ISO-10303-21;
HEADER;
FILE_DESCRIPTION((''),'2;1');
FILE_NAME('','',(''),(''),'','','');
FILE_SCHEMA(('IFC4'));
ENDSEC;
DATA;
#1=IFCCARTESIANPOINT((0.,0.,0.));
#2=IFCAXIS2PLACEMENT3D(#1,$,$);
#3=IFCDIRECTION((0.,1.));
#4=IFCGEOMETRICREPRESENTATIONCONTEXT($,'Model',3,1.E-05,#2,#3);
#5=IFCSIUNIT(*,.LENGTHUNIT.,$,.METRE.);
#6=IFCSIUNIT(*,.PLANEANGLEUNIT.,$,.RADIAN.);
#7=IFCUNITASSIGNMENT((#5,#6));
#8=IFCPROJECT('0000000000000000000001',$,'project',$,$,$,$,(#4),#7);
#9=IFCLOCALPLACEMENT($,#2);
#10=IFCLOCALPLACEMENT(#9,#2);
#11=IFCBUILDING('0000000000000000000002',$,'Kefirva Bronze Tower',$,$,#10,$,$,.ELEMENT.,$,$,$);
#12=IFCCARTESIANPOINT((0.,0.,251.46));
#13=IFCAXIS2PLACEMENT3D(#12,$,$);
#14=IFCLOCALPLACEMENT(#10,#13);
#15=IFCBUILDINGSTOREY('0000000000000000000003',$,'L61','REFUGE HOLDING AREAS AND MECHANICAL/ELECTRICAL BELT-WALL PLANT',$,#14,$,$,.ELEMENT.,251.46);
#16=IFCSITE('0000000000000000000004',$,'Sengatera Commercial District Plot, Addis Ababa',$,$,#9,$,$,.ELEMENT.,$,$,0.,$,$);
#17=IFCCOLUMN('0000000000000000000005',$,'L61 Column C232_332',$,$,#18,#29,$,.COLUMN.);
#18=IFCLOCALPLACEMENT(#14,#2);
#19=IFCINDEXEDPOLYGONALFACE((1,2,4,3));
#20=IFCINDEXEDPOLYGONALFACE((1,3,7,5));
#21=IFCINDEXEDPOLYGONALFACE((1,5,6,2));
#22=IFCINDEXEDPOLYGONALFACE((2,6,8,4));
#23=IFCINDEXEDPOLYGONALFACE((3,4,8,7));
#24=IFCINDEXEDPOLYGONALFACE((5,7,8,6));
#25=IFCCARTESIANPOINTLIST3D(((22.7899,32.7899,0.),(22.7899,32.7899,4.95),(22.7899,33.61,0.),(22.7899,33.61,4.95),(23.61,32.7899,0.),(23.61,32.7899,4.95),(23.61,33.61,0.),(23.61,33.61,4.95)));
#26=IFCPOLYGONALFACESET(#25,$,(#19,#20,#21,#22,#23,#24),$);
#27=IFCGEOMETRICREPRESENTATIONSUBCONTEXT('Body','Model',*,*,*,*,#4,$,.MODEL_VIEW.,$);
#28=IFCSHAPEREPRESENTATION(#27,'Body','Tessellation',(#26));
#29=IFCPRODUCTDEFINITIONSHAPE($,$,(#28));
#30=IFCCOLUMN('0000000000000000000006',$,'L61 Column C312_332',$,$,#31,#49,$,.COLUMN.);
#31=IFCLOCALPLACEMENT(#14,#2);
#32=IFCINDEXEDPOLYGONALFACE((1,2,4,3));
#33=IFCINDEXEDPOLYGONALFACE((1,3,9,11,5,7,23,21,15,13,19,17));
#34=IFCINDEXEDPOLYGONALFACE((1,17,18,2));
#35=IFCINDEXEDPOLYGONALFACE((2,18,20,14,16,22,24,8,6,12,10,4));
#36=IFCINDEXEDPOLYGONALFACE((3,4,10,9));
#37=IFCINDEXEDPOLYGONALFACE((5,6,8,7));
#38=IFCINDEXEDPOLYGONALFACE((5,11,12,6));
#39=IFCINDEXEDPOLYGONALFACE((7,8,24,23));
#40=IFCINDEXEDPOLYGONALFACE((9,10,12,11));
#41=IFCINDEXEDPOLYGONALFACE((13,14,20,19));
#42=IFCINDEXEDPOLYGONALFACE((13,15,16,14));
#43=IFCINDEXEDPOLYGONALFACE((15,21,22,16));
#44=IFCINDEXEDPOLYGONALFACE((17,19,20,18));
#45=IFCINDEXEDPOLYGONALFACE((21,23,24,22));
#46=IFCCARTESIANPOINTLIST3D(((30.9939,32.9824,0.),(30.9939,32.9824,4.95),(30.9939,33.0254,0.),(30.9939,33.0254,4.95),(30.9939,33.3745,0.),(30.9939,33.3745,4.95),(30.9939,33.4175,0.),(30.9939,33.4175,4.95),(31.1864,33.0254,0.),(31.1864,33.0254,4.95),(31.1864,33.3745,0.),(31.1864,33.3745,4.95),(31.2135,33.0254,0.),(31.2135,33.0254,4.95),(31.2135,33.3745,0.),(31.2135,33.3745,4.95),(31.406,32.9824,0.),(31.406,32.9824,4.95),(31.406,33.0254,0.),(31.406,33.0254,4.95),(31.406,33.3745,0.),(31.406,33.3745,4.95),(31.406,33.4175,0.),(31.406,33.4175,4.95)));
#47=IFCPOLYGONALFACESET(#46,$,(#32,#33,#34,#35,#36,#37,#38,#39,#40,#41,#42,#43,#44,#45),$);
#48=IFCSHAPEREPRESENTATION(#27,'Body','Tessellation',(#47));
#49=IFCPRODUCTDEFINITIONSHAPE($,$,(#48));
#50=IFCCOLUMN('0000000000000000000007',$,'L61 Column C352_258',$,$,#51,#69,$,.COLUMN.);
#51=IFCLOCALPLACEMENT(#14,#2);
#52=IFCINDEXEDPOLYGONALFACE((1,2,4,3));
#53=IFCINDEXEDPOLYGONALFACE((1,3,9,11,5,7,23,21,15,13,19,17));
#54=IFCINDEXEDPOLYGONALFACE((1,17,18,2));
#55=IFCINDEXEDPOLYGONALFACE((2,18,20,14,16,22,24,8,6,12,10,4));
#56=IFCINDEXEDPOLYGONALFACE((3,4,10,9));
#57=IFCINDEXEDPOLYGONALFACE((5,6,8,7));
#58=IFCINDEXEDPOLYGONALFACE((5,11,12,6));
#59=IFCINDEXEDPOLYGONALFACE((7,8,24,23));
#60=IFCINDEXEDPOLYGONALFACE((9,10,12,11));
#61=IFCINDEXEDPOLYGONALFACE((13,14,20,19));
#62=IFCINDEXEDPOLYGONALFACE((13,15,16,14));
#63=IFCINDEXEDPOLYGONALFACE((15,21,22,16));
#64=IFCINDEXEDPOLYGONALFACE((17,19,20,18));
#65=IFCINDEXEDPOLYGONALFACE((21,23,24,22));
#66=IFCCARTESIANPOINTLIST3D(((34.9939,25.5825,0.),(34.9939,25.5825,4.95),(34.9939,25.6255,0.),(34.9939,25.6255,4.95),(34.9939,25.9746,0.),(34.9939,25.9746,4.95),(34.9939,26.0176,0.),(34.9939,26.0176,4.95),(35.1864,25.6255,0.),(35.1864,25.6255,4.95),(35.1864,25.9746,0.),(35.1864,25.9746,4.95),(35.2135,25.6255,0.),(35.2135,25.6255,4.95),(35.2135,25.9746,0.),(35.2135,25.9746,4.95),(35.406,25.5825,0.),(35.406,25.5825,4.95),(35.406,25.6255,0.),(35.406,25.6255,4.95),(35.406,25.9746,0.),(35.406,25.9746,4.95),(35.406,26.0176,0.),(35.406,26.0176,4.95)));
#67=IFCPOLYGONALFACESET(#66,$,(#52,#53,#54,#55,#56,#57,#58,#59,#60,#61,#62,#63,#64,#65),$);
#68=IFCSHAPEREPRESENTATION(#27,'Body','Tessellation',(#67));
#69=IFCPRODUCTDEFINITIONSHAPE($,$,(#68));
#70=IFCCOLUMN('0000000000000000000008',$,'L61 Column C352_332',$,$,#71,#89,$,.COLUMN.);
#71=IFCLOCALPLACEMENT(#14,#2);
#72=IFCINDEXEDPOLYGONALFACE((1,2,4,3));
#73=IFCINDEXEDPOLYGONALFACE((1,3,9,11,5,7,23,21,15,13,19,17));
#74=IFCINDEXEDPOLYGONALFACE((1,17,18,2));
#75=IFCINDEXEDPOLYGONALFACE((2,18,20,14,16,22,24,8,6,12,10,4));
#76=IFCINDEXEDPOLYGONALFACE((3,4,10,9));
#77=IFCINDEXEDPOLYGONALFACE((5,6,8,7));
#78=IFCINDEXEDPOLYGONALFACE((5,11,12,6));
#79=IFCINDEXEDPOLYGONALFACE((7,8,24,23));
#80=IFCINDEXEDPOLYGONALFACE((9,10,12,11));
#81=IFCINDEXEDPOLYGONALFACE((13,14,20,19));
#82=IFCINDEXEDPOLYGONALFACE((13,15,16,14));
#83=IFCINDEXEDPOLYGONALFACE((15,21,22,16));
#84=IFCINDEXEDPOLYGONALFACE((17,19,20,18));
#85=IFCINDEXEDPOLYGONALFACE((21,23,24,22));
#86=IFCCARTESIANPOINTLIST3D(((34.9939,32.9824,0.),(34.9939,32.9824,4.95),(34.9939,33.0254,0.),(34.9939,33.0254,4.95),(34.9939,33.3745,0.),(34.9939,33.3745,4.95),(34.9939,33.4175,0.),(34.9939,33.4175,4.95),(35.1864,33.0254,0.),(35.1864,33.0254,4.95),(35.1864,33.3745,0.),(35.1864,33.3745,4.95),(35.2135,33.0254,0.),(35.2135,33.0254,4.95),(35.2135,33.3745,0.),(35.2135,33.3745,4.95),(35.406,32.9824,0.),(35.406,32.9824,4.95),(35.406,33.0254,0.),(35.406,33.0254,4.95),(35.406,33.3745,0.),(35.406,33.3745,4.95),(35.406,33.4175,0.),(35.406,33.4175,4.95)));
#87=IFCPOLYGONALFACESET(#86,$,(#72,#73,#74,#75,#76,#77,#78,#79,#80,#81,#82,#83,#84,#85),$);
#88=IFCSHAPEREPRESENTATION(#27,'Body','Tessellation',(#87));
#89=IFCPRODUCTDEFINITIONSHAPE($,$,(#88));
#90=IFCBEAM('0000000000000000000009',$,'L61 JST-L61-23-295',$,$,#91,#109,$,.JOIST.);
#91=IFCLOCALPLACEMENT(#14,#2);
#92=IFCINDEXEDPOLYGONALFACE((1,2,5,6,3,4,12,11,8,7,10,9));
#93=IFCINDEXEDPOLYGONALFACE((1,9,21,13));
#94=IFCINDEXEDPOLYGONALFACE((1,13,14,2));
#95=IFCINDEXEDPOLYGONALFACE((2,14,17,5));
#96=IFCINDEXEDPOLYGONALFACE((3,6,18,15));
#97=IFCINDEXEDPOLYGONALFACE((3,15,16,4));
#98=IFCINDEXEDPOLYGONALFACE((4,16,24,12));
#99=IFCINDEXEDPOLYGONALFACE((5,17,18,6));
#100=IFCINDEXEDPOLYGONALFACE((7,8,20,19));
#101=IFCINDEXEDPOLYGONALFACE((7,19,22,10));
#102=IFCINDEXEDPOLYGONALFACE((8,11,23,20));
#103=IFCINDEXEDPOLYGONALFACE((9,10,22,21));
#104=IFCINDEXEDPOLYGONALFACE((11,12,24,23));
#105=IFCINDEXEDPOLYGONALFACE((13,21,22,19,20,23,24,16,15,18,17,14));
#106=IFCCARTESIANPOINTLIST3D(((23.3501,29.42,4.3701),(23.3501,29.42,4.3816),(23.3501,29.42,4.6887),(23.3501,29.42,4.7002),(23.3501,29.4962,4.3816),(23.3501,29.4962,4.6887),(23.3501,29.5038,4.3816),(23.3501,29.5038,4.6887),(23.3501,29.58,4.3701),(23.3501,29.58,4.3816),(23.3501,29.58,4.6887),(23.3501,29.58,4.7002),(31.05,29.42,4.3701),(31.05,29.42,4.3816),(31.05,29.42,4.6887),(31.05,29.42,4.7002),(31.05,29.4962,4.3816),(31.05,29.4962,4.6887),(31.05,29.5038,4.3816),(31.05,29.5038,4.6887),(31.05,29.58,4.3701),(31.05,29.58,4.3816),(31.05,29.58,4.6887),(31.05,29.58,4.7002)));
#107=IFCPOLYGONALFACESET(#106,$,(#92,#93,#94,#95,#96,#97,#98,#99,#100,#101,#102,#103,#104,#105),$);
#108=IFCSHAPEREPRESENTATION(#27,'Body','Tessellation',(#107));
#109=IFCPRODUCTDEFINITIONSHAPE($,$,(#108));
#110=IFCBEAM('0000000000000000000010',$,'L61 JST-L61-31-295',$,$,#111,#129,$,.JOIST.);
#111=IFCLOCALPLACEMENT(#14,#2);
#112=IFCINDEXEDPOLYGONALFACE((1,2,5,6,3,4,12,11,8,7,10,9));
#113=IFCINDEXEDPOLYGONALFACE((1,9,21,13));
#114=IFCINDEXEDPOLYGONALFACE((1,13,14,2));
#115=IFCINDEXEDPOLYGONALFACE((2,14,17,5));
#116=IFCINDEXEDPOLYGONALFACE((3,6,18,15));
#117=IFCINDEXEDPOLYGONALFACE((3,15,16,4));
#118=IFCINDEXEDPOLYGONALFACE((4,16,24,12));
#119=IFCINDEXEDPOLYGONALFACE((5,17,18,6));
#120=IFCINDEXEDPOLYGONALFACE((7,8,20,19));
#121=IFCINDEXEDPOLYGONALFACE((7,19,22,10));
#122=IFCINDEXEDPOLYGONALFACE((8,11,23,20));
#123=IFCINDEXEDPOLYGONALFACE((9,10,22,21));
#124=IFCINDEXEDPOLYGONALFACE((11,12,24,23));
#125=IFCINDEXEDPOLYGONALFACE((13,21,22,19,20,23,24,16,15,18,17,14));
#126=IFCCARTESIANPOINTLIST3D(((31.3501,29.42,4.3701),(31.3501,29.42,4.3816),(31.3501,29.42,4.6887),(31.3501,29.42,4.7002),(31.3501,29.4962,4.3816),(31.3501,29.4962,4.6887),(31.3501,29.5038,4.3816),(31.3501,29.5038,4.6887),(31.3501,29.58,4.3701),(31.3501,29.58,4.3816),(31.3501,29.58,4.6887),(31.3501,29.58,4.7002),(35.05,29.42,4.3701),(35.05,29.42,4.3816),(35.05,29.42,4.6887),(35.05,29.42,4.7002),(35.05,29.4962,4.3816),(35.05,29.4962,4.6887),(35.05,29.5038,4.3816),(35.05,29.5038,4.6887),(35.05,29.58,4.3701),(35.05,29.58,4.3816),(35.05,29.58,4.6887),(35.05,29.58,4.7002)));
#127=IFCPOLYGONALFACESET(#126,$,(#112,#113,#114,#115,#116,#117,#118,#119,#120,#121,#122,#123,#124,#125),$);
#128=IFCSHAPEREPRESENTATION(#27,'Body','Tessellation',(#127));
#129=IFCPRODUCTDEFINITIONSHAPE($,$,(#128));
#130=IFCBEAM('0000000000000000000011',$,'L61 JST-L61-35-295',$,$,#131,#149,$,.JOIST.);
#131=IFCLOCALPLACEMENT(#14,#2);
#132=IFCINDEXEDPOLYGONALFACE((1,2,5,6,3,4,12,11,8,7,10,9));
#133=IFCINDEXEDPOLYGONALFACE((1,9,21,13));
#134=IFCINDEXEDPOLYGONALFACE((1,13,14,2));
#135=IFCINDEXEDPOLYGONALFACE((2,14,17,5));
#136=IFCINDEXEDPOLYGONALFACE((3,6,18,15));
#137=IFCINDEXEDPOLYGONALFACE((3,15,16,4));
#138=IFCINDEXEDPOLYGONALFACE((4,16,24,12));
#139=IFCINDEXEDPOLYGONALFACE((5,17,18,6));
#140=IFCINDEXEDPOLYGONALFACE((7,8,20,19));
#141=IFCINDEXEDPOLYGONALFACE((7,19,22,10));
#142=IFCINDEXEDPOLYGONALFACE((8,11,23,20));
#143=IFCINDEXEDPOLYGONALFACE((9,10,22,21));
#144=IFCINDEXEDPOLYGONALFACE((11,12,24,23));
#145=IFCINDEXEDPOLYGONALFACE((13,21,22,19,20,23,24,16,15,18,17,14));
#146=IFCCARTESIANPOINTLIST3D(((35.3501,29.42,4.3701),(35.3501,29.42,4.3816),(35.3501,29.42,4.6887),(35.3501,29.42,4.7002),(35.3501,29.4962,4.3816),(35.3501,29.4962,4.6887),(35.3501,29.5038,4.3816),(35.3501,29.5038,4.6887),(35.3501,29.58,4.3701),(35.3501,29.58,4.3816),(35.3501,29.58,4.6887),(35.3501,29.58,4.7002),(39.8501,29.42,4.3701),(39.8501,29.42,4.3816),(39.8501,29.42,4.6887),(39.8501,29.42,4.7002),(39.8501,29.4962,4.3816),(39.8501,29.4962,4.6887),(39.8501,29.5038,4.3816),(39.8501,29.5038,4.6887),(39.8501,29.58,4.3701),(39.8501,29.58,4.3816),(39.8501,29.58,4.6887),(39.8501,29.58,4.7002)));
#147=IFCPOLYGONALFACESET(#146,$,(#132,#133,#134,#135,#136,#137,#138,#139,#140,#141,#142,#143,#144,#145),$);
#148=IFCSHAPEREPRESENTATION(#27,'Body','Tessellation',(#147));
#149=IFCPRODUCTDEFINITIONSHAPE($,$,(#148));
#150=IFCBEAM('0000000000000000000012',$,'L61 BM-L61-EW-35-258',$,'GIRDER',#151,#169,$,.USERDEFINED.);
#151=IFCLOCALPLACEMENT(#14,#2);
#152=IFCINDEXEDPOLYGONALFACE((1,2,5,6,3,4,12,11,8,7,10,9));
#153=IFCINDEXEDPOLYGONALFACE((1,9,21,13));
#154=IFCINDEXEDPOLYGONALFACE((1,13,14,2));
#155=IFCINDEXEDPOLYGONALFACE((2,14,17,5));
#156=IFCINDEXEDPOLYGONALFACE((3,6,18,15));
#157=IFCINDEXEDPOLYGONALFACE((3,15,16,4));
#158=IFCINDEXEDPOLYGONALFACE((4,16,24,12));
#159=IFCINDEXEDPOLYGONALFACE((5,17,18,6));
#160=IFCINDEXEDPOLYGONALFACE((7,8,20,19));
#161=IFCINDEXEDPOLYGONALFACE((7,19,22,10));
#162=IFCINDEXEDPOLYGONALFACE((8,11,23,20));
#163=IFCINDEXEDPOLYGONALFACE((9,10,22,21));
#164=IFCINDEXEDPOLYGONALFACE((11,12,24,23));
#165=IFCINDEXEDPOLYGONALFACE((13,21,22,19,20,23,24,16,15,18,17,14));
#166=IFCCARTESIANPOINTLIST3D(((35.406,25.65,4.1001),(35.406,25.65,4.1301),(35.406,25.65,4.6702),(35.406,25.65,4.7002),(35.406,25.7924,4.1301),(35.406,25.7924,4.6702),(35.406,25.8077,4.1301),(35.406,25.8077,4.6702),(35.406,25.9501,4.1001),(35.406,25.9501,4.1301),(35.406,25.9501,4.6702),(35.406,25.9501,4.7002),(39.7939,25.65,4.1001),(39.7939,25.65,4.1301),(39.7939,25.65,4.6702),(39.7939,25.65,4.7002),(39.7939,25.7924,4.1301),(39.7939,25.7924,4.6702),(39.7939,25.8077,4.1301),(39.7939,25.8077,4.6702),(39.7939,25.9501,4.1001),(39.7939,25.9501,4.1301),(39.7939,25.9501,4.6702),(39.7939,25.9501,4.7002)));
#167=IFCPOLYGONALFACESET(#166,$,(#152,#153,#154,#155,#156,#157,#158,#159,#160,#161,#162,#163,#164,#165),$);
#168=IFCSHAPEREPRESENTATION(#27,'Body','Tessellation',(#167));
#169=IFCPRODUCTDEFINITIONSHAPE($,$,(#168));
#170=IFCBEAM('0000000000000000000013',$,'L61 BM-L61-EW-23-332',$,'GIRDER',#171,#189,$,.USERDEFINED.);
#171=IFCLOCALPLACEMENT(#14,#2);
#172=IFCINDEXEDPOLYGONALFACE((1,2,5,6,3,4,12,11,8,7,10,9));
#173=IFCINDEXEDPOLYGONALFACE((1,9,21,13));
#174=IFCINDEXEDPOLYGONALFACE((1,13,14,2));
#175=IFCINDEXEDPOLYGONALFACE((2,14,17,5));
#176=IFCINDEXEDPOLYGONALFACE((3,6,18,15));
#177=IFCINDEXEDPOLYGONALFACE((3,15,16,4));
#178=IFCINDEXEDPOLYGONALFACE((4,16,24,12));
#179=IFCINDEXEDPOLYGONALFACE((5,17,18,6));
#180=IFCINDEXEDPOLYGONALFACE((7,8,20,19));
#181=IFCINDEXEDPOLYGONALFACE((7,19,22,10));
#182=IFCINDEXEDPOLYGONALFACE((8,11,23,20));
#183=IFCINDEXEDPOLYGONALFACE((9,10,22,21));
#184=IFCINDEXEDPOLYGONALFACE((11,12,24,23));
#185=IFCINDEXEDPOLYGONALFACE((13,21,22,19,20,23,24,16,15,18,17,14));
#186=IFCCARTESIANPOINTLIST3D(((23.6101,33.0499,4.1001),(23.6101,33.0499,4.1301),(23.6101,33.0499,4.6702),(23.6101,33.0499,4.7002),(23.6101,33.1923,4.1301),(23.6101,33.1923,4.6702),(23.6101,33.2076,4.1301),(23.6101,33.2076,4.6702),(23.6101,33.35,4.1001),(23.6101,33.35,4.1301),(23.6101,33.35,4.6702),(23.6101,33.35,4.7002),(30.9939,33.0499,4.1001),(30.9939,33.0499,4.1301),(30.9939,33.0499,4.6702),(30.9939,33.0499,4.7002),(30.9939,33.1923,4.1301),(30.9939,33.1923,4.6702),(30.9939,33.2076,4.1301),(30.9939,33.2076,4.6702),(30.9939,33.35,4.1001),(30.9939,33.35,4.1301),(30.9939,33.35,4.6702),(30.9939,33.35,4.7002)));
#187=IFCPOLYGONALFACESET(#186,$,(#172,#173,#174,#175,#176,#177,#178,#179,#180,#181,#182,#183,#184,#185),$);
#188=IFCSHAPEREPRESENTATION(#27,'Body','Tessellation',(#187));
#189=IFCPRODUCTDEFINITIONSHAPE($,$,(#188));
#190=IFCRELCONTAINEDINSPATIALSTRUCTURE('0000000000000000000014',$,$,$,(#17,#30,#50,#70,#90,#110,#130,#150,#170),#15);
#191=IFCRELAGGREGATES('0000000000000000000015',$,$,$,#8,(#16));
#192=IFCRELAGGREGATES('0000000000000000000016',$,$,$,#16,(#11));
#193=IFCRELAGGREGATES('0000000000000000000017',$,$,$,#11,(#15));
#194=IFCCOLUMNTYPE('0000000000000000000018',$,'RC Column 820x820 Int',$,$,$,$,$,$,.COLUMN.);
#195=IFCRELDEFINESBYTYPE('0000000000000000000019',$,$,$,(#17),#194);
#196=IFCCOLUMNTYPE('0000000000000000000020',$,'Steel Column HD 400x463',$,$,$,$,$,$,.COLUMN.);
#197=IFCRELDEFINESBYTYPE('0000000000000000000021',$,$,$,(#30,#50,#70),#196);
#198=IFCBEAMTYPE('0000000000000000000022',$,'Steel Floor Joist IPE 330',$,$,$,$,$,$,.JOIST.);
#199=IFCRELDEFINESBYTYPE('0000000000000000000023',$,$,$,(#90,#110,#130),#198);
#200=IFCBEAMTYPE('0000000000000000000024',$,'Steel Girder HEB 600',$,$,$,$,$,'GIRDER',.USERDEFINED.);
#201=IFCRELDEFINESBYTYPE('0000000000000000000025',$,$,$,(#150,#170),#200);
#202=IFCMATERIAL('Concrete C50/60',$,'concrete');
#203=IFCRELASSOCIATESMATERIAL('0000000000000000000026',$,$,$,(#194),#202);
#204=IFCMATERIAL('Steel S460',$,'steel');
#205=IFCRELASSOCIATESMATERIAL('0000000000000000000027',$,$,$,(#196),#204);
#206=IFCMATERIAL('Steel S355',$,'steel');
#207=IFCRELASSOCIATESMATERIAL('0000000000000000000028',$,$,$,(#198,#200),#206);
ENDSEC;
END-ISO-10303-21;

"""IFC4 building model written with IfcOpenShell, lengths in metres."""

from ifc_helpers import new_model, si_unit, direction, frame, origin, origin_2d, place, context, subcontext, project, spatial, rectangle, i_section, extrude, material, material_profile, profile_set, type_object, element, save


model = new_model("IFC4")

# Units and contexts
model_context = context("Model", 3, precision=1e-05, world=origin(), true_north=direction((0.0, 1.0)))
body_context = subcontext(model_context, "Body", "Model", "MODEL_VIEW")
ifc_project = project(units=[si_unit("LENGTHUNIT", "METRE"), si_unit("PLANEANGLEUNIT", "RADIAN")], contexts=[model_context])

# Site, building, storey
site_placement = place(None, origin())
site = spatial("IfcSite", under=ifc_project, at=site_placement, Name="Sengatera Commercial District Plot, Addis Ababa", CompositionType="ELEMENT", RefElevation=0.0)
building_placement = place(site_placement, origin())
building = spatial("IfcBuilding", under=site, at=building_placement, Name="Kefirva Bronze Tower", CompositionType="ELEMENT")
storey_placement = place(building_placement, frame((0.0, 0.0, 251.46)))
storey = spatial("IfcBuildingStorey", under=building, at=storey_placement, Name="L61", Description="REFUGE HOLDING AREAS AND MECHANICAL/ELECTRICAL BELT-WALL PLANT", CompositionType="ELEMENT", Elevation=251.46)

# Columns
ifc_material_1 = material(Name="Concrete C50/60", Category="concrete")
ifc_material_profile_1 = material_profile(ifc_material_1, rectangle(XDim=0.8201, YDim=0.8201, at=origin_2d()), Name="RC 820x820")
ifc_profile_set_1 = profile_set([ifc_material_profile_1], Name="Concrete C50/60")
column_type_1 = type_object("IfcColumnType", Name="RC Column 820x820 Int", PredefinedType="COLUMN", material=ifc_profile_set_1)
column_placement = place(storey_placement, frame((23.2, 33.2, 0.0), z_axis=(0.0, 0.0, 1.0), x_axis=(1.0, 0.0, 0.0)))
element("IfcColumn", 1, at=column_placement, inside=storey, type_object=column_type_1, Name="L61 Column C232_332", PredefinedType="COLUMN", context=body_context, shape_type="SweptSolid", body=[
    extrude(rectangle(XDim=0.8201, YDim=0.8201, at=origin_2d()), origin(), (0.0, 0.0, 1.0), 4.95),
])
ifc_material_2 = material(Name="Steel S460", Category="steel")
ifc_material_profile_2 = material_profile(ifc_material_2, i_section(OverallWidth=0.4121, OverallDepth=0.4351, WebThickness=0.0271, FlangeThickness=0.043, at=origin_2d()), Name="HD 400x463")
ifc_profile_set_2 = profile_set([ifc_material_profile_2], Name="Steel S460")
column_type_2 = type_object("IfcColumnType", Name="Steel Column HD 400x463", PredefinedType="COLUMN", material=ifc_profile_set_2)
for number, where, z_axis, x_axis, name in (
    (2, (31.2, 33.2, 0.0), (0.0, 0.0, 1.0), (1.0, 0.0, 0.0), "L61 Column C312_332"),
    (3, (35.2, 25.8, 0.0), (0.0, 0.0, 1.0), (1.0, 0.0, 0.0), "L61 Column C352_258"),
    (4, (35.2, 33.2, 0.0), (0.0, 0.0, 1.0), (1.0, 0.0, 0.0), "L61 Column C352_332"),
):
    element("IfcColumn", number, at=place(storey_placement, frame(where, z_axis=z_axis, x_axis=x_axis)), inside=storey, type_object=column_type_2, Name=name, PredefinedType="COLUMN", context=body_context, shape_type="SweptSolid", body=[
        extrude(i_section(OverallWidth=0.4121, OverallDepth=0.4351, WebThickness=0.0271, FlangeThickness=0.043, at=origin_2d()), origin(), (0.0, 0.0, 1.0), 4.95),
    ])

# Beams
ifc_material_3 = material(Name="Steel S355", Category="steel")
ifc_material_profile_3 = material_profile(ifc_material_3, i_section(OverallWidth=0.1599, OverallDepth=0.3301, WebThickness=0.0076, FlangeThickness=0.0115, at=origin_2d()), Name="IPE 330")
ifc_profile_set_3 = profile_set([ifc_material_profile_3], Name="Steel S355")
beam_type_1 = type_object("IfcBeamType", Name="Steel Floor Joist IPE 330", PredefinedType="JOIST", material=ifc_profile_set_3)
beam_1_placement = place(storey_placement, frame((23.3501, 29.5, 4.5352), z_axis=(1.0, 0.0, 0.0), x_axis=(0.0, 1.0, 0.0)))
element("IfcBeam", 5, at=beam_1_placement, inside=storey, type_object=beam_type_1, Name="L61 JST-L61-23-295", PredefinedType="JOIST", context=body_context, shape_type="SweptSolid", body=[
    extrude(i_section(OverallWidth=0.1599, OverallDepth=0.3301, WebThickness=0.0076, FlangeThickness=0.0115, at=origin_2d()), origin(), (0.0, 0.0, 1.0), 7.7),
])
beam_2_placement = place(storey_placement, frame((31.3501, 29.5, 4.5352), z_axis=(1.0, 0.0, 0.0), x_axis=(0.0, 1.0, 0.0)))
element("IfcBeam", 6, at=beam_2_placement, inside=storey, type_object=beam_type_1, Name="L61 JST-L61-31-295", PredefinedType="JOIST", context=body_context, shape_type="SweptSolid", body=[
    extrude(i_section(OverallWidth=0.1599, OverallDepth=0.3301, WebThickness=0.0076, FlangeThickness=0.0115, at=origin_2d()), origin(), (0.0, 0.0, 1.0), 3.7),
])
beam_3_placement = place(storey_placement, frame((35.3501, 29.5, 4.5352), z_axis=(1.0, 0.0, 0.0), x_axis=(0.0, 1.0, 0.0)))
element("IfcBeam", 7, at=beam_3_placement, inside=storey, type_object=beam_type_1, Name="L61 JST-L61-35-295", PredefinedType="JOIST", context=body_context, shape_type="SweptSolid", body=[
    extrude(i_section(OverallWidth=0.1599, OverallDepth=0.3301, WebThickness=0.0076, FlangeThickness=0.0115, at=origin_2d()), origin(), (0.0, 0.0, 1.0), 4.5),
])
ifc_material_profile_4 = material_profile(ifc_material_3, i_section(OverallWidth=0.3, OverallDepth=0.6001, WebThickness=0.0154, FlangeThickness=0.03, at=origin_2d()), Name="HEB 600")
ifc_profile_set_4 = profile_set([ifc_material_profile_4], Name="Steel S355")
beam_type_2 = type_object("IfcBeamType", Name="Steel Girder HEB 600", ElementType="GIRDER", PredefinedType="USERDEFINED", material=ifc_profile_set_4)
beam_4_placement = place(storey_placement, frame((35.406, 25.8, 4.4001), z_axis=(1.0, 0.0, 0.0), x_axis=(0.0, 1.0, 0.0)))
element("IfcBeam", 8, at=beam_4_placement, inside=storey, type_object=beam_type_2, Name="L61 BM-L61-EW-35-258", ObjectType="GIRDER", PredefinedType="USERDEFINED", context=body_context, shape_type="SweptSolid", body=[
    extrude(i_section(OverallWidth=0.3, OverallDepth=0.6001, WebThickness=0.0154, FlangeThickness=0.03, at=origin_2d()), origin(), (0.0, 0.0, 1.0), 4.3879),
])
beam_5_placement = place(storey_placement, frame((23.6101, 33.2, 4.4001), z_axis=(1.0, 0.0, 0.0), x_axis=(0.0, 1.0, 0.0)))
element("IfcBeam", 9, at=beam_5_placement, inside=storey, type_object=beam_type_2, Name="L61 BM-L61-EW-23-332", ObjectType="GIRDER", PredefinedType="USERDEFINED", context=body_context, shape_type="SweptSolid", body=[
    extrude(i_section(OverallWidth=0.3, OverallDepth=0.6001, WebThickness=0.0154, FlangeThickness=0.03, at=origin_2d()), origin(), (0.0, 0.0, 1.0), 7.3838),
])

save(model, "model.ifc")
